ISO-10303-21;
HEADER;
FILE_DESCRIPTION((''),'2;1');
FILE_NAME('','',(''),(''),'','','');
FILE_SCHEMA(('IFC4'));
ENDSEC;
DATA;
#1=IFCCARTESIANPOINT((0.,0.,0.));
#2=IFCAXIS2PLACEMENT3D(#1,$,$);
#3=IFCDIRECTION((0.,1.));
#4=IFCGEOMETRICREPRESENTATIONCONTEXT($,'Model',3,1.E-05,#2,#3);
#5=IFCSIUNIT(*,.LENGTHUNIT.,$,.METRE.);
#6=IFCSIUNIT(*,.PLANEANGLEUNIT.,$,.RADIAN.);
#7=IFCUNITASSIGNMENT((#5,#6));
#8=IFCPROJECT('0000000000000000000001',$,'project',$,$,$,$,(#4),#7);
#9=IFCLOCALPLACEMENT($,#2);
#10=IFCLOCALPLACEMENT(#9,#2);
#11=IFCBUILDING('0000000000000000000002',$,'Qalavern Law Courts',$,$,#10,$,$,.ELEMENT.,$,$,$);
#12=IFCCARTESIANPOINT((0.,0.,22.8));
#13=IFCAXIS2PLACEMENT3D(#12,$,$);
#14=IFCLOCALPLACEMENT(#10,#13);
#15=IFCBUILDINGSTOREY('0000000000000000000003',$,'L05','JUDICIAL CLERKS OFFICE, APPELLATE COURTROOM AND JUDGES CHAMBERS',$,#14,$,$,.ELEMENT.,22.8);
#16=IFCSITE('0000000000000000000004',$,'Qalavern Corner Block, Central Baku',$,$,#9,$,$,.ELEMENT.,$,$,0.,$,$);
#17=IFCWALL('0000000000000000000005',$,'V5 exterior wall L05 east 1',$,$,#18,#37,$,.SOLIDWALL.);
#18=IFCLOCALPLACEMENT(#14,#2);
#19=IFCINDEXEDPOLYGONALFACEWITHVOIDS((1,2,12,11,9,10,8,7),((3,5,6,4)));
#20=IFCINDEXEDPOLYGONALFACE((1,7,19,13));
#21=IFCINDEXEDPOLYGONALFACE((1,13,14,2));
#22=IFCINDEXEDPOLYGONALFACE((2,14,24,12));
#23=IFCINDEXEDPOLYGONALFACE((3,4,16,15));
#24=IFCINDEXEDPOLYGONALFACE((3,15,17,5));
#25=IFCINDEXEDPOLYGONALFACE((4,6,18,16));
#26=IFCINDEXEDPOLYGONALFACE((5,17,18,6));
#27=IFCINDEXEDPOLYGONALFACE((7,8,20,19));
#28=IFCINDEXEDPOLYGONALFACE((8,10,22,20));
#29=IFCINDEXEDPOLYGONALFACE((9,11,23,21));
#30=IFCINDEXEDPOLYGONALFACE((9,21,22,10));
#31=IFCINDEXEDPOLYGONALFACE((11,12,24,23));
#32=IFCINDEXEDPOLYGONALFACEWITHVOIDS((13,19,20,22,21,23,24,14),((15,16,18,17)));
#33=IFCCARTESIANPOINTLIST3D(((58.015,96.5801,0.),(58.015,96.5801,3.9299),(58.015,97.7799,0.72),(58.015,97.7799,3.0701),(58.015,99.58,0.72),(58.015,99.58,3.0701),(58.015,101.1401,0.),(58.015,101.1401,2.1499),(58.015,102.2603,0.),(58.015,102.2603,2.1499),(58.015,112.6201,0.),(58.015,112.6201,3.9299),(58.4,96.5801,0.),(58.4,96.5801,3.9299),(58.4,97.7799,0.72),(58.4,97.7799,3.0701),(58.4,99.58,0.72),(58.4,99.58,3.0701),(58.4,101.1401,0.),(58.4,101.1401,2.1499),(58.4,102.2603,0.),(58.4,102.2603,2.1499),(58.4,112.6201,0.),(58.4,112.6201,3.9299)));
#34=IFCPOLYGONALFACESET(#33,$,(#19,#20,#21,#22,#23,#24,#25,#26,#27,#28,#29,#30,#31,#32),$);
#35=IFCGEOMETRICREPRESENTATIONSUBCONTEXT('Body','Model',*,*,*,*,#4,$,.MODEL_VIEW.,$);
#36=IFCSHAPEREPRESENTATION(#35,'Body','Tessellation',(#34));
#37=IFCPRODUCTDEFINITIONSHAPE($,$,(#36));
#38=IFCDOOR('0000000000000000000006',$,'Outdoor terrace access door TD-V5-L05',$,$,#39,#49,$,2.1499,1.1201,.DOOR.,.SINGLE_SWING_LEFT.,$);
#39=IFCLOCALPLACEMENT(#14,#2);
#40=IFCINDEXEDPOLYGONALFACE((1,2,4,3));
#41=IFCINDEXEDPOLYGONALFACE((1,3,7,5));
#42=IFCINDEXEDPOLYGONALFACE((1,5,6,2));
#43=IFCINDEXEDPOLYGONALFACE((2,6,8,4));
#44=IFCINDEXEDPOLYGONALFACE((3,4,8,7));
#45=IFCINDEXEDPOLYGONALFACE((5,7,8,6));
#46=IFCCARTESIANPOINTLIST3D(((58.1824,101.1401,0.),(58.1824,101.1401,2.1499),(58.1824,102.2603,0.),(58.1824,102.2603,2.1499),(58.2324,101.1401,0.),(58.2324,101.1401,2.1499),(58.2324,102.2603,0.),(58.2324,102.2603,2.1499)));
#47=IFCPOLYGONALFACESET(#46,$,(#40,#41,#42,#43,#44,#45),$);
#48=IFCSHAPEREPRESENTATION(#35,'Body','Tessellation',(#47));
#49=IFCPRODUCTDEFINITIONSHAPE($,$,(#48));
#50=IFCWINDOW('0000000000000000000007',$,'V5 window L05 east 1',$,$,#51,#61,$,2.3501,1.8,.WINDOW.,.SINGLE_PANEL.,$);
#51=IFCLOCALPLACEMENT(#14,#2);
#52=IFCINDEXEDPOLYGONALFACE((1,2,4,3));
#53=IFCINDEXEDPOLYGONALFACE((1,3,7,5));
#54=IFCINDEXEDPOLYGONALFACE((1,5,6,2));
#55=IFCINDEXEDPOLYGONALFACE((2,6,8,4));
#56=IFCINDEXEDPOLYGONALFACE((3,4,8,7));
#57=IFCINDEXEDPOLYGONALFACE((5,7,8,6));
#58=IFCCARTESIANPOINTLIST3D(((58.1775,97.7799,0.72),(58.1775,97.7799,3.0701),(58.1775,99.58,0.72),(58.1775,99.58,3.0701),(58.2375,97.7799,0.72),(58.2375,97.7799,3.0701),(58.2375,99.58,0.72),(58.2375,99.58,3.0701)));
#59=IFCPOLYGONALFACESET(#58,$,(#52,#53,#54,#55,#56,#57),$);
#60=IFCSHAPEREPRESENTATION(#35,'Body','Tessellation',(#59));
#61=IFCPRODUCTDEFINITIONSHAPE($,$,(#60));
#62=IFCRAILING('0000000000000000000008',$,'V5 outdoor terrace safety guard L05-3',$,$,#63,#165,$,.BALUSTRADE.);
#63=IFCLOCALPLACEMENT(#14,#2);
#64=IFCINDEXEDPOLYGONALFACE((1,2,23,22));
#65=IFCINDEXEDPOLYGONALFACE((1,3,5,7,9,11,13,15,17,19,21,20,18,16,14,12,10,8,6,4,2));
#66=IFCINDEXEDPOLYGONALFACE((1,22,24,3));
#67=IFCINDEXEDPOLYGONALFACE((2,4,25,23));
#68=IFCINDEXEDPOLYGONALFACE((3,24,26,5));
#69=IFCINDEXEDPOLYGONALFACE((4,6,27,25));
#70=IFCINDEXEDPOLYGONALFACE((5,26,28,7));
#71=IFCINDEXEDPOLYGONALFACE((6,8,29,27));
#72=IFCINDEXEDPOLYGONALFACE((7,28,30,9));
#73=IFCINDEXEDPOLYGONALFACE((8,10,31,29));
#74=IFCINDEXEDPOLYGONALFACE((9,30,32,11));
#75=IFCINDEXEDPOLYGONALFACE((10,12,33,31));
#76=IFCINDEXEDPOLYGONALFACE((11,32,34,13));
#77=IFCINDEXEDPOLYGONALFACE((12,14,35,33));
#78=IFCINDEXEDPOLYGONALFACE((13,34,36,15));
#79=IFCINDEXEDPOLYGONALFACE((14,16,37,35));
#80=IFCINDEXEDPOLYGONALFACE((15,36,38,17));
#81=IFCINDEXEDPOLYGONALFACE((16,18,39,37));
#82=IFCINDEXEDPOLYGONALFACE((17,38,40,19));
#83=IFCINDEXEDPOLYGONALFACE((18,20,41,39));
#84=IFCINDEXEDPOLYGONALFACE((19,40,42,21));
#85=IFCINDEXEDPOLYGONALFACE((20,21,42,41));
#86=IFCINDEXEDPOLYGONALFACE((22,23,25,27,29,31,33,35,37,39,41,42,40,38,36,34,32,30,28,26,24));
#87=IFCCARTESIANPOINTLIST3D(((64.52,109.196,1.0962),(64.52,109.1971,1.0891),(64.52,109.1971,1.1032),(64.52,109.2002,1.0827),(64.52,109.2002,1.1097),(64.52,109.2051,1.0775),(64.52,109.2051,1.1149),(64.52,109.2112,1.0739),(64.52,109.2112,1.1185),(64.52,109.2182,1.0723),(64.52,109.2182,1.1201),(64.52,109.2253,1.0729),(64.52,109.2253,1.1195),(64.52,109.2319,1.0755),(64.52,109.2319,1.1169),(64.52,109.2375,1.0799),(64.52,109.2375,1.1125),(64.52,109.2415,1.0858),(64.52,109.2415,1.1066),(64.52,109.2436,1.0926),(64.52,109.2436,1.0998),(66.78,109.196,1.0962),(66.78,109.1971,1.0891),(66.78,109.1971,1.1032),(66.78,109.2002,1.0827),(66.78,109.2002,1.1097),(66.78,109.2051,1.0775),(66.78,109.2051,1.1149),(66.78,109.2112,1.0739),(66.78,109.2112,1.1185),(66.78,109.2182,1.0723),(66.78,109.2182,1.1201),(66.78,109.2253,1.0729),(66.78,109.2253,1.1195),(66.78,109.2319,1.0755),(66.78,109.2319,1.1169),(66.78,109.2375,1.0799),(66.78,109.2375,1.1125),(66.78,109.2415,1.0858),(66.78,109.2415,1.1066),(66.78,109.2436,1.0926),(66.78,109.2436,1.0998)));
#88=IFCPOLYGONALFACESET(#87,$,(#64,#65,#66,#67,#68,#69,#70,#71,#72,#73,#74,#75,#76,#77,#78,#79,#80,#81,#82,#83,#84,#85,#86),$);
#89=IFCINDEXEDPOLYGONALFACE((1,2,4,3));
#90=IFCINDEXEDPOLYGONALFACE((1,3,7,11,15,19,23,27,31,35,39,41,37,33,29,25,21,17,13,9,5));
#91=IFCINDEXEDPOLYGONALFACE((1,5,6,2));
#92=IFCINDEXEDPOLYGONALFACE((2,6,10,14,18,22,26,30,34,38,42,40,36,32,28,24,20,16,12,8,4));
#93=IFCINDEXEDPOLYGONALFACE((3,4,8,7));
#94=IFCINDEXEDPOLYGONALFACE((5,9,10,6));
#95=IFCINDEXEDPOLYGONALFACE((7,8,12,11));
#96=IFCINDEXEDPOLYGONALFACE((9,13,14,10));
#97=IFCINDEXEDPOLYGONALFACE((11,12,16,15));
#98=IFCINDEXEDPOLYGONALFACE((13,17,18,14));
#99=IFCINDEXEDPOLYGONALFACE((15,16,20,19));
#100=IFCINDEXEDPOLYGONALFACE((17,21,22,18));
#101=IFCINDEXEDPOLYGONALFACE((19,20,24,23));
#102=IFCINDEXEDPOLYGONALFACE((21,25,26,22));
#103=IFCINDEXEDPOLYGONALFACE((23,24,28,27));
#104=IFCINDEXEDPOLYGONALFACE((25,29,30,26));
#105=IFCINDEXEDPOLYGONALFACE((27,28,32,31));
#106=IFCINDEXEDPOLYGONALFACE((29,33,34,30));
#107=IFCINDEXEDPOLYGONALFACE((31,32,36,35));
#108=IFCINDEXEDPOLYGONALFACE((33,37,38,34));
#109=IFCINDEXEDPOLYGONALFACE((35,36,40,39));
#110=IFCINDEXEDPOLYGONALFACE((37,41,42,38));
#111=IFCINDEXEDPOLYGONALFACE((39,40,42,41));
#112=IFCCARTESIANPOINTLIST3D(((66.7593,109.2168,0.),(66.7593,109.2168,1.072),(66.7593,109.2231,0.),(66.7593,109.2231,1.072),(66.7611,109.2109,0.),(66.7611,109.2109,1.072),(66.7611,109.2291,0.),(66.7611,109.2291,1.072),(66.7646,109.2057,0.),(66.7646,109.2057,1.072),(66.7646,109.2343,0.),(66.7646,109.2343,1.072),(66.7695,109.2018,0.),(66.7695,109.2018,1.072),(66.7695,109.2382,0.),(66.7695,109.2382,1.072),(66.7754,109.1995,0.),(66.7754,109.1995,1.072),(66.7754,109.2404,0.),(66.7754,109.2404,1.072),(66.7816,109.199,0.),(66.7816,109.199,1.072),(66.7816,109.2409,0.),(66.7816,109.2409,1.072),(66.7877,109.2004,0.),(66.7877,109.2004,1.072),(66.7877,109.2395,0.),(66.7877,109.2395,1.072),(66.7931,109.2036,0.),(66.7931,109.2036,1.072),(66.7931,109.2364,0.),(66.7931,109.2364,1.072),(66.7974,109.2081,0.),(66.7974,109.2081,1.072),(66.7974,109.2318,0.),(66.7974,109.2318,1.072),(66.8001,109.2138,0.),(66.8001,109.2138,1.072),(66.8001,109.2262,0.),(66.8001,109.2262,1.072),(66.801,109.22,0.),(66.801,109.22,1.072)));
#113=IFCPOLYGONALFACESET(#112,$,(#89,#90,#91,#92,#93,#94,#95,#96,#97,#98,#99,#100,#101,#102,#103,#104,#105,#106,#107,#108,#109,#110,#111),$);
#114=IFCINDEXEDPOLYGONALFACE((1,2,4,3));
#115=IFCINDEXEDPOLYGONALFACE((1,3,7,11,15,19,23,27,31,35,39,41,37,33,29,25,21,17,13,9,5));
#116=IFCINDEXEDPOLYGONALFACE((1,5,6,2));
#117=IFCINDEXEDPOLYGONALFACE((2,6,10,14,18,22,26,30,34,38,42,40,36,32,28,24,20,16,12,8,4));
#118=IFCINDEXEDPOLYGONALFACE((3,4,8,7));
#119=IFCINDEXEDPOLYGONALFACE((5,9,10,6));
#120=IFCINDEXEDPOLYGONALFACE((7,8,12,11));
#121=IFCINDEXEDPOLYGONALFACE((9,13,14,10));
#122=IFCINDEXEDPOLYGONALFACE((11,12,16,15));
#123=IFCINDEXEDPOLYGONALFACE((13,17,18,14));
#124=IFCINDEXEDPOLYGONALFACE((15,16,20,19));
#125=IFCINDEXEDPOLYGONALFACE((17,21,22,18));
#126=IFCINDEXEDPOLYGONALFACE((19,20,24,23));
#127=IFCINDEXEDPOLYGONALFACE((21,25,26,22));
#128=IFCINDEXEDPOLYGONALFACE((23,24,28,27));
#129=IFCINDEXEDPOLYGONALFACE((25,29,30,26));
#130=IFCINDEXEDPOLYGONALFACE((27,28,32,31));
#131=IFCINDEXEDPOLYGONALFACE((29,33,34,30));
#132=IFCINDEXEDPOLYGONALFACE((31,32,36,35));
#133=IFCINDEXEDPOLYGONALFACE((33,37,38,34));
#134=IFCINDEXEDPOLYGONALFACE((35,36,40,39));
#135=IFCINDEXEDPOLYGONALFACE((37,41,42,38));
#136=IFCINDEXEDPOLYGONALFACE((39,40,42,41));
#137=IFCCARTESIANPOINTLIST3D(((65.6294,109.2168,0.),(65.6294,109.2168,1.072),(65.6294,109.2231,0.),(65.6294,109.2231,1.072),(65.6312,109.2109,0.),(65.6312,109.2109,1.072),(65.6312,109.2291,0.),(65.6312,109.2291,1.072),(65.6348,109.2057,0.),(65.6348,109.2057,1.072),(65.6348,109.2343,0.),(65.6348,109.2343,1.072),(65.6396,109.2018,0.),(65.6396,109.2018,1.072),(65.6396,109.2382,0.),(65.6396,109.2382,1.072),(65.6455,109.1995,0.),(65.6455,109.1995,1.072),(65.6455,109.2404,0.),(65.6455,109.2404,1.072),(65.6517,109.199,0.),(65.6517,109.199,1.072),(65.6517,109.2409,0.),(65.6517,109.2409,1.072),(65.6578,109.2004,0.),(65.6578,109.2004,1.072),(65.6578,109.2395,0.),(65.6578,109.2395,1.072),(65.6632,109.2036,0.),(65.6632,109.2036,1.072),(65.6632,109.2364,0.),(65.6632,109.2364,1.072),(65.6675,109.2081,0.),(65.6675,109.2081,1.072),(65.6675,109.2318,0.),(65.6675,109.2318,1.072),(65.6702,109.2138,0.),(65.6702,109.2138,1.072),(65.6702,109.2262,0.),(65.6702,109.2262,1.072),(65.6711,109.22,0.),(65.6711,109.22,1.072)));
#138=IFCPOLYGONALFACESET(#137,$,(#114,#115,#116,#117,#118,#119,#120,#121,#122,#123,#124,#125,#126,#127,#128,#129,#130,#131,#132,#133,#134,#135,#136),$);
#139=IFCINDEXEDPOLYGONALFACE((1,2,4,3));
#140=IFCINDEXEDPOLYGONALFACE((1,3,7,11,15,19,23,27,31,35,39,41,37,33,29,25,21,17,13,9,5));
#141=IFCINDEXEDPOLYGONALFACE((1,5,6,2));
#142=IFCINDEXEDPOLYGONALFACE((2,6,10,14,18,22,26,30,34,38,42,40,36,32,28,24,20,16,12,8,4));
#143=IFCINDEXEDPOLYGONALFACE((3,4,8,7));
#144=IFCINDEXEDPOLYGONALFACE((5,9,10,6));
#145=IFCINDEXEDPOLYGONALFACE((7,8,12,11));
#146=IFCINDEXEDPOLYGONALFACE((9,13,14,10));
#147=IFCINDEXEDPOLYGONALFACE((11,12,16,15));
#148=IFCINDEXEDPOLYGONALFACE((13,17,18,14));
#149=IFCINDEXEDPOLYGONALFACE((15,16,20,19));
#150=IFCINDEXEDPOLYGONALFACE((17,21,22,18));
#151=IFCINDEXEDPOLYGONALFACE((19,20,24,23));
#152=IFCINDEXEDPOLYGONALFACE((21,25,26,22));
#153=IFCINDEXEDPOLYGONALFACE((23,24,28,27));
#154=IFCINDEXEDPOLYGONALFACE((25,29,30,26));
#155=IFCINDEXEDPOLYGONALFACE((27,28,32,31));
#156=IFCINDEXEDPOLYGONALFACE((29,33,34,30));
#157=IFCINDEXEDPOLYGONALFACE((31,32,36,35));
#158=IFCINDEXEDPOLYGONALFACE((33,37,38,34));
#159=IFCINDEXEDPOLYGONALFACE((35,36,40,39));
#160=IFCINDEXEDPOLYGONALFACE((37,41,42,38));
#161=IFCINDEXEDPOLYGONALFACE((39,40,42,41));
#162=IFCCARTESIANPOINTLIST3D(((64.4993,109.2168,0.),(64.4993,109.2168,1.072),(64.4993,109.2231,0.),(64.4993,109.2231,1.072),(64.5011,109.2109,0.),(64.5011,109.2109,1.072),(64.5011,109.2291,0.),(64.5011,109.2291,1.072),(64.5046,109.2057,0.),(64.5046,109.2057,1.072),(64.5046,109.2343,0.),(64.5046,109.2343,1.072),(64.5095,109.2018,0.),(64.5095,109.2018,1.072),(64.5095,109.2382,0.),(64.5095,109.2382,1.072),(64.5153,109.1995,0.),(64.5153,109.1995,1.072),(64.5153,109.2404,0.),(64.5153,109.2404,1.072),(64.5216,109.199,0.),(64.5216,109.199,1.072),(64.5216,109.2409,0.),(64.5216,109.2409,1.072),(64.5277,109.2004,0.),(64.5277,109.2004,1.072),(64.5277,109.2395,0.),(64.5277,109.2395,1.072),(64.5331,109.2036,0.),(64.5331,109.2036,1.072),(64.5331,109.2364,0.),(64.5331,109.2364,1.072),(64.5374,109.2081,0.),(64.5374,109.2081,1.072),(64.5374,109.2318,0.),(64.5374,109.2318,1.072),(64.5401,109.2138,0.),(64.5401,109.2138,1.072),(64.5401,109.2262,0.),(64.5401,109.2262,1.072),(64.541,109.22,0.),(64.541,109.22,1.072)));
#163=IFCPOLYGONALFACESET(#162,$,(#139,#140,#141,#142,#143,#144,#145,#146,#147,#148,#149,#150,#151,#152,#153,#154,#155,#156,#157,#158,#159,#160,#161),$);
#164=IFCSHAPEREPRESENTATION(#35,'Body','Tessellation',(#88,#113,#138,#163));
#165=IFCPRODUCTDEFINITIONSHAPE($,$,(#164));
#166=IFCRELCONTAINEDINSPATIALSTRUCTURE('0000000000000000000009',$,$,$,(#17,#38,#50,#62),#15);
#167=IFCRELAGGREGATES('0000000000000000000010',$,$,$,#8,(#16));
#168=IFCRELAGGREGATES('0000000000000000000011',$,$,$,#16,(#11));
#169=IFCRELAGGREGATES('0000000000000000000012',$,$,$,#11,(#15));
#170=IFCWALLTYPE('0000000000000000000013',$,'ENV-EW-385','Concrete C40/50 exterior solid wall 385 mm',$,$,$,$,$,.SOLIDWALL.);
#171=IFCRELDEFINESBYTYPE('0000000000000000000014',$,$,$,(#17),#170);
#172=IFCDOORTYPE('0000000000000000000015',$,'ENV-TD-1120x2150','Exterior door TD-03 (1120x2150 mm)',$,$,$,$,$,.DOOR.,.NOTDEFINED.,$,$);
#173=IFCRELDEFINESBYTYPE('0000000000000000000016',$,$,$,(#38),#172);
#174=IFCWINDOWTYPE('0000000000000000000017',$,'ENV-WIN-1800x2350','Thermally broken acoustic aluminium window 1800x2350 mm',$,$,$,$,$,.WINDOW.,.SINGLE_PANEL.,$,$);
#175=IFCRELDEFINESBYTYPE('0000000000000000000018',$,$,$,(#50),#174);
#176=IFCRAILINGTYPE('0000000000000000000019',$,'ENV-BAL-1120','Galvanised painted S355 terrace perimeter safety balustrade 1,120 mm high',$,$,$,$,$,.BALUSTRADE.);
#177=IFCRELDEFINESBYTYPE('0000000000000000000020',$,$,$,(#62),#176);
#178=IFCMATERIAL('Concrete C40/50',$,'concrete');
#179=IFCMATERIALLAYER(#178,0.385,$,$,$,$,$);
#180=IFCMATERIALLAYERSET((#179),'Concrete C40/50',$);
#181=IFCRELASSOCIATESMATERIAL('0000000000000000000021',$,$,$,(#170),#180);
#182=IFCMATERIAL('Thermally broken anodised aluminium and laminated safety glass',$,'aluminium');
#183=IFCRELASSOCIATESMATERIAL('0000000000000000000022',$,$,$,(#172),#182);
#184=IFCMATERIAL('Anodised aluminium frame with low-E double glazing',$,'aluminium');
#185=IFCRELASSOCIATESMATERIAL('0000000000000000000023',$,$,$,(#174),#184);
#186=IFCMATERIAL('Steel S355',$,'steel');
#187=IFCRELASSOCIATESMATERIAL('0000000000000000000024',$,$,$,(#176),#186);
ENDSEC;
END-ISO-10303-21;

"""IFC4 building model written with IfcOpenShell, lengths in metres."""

from ifc_helpers import new_model, si_unit, direction, frame, frame_2d, origin, origin_2d, place, context, subcontext, project, spatial, rectangle, circle, extrude, material, layer, layer_set, type_object, element, fill, save


model = new_model("IFC4")

# Units and contexts
model_context = context("Model", 3, precision=1e-05, world=origin(), true_north=direction((0.0, 1.0)))
body_context = subcontext(model_context, "Body", "Model", "MODEL_VIEW")
ifc_project = project(units=[si_unit("LENGTHUNIT", "METRE"), si_unit("PLANEANGLEUNIT", "RADIAN")], contexts=[model_context])

# Site, building, storey
site_placement = place(None, origin())
site = spatial("IfcSite", under=ifc_project, at=site_placement, Name="Qalavern Corner Block, Central Baku", CompositionType="ELEMENT", RefElevation=0.0)
building_placement = place(site_placement, origin())
building = spatial("IfcBuilding", under=site, at=building_placement, Name="Qalavern Law Courts", CompositionType="ELEMENT")
storey_placement = place(building_placement, frame((0.0, 0.0, 22.8)))
storey = spatial("IfcBuildingStorey", under=building, at=storey_placement, Name="L05", Description="JUDICIAL CLERKS OFFICE, APPELLATE COURTROOM AND JUDGES CHAMBERS", CompositionType="ELEMENT", Elevation=22.8)

# Shared definitions
ifc_material_1 = material(Name="Steel S355", Category="steel")

# Shared definitions
ifc_material_2 = material(Name="Concrete C40/50", Category="concrete")
ifc_layer_1 = layer(ifc_material_2, 0.385)
ifc_layer_set_1 = layer_set([ifc_layer_1], Name="Concrete C40/50")
wall_type = type_object("IfcWallType", Name="ENV-EW-385", Description="Concrete C40/50 exterior solid wall 385 mm", PredefinedType="SOLIDWALL", material=ifc_layer_set_1)

# Wall, openings, door, window
wall_1_placement = place(storey_placement, frame((58.2075, 96.5801, 0.0), z_axis=(0.0, 0.0, 1.0), x_axis=(0.0, 1.0, 0.0)))
wall_1 = element("IfcWall", 1, at=wall_1_placement, inside=storey, type_object=wall_type, Name="V5 exterior wall L05 east 1", PredefinedType="SOLIDWALL", context=body_context, shape_type="SweptSolid", body=[
    extrude(rectangle(XDim=16.04, YDim=0.385, at=frame_2d((8.02, 0.0))), origin(), (0.0, 0.0, 1.0), 3.9299),
])
opening_1_placement = place(wall_1_placement, frame((4.5601, 0.0, 0.0)))
opening_1 = element("IfcOpeningElement", 2, at=opening_1_placement, cuts=wall_1, PredefinedType="OPENING", context=body_context, shape_type="SweptSolid", body=[
    extrude(rectangle(XDim=1.1201, YDim=2.1499, at=frame_2d((0.5601, 1.075))), frame((0.0, 0.2075, 0.0), z_axis=(0.0, -1.0, 0.0), x_axis=(1.0, 0.0, 0.0)), (0.0, 0.0, 1.0), 0.4148),
])
opening_2_placement = place(wall_1_placement, frame((1.2, 0.0, 0.72)))
opening_2 = element("IfcOpeningElement", 3, at=opening_2_placement, cuts=wall_1, PredefinedType="OPENING", context=body_context, shape_type="SweptSolid", body=[
    extrude(rectangle(XDim=1.8, YDim=2.3501, at=frame_2d((0.8999, 1.175))), frame((0.0, 0.2075, 0.0), z_axis=(0.0, -1.0, 0.0), x_axis=(1.0, 0.0, 0.0)), (0.0, 0.0, 1.0), 0.4148),
])
ifc_material_3 = material(Name="Thermally broken anodised aluminium and laminated safety glass", Category="aluminium")
door_type = type_object("IfcDoorType", Name="ENV-TD-1120x2150", Description="Exterior door TD-03 (1120x2150 mm)", OperationType="NOTDEFINED", PredefinedType="DOOR", material=ifc_material_3)
door_placement = place(opening_1_placement, frame((1.1201, 0.0, 0.0), z_axis=(0.0, 0.0, 1.0), x_axis=(-1.0, 0.0, 0.0)))
door = element("IfcDoor", 4, at=door_placement, inside=storey, type_object=door_type, Name="Outdoor terrace access door TD-V5-L05", OperationType="SINGLE_SWING_LEFT", OverallHeight=2.1499, OverallWidth=1.1201, PredefinedType="DOOR", context=body_context, shape_type="SweptSolid", body=[
    extrude(rectangle(XDim=1.1201, YDim=2.1499, at=frame_2d((0.5601, 1.075))), frame((0.0, 0.0249, 0.0), z_axis=(0.0, -1.0, 0.0), x_axis=(1.0, 0.0, 0.0)), (0.0, 0.0, 1.0), 0.05),
])
fill(opening_1, door)
ifc_material_4 = material(Name="Anodised aluminium frame with low-E double glazing", Category="aluminium")
window_type = type_object("IfcWindowType", Name="ENV-WIN-1800x2350", Description="Thermally broken acoustic aluminium window 1800x2350 mm", PartitioningType="SINGLE_PANEL", PredefinedType="WINDOW", material=ifc_material_4)
window_placement = place(opening_2_placement, origin())
window = element("IfcWindow", 5, at=window_placement, inside=storey, type_object=window_type, Name="V5 window L05 east 1", OverallHeight=2.3501, OverallWidth=1.8, PartitioningType="SINGLE_PANEL", PredefinedType="WINDOW", context=body_context, shape_type="SweptSolid", body=[
    extrude(rectangle(XDim=1.8, YDim=2.3501, at=frame_2d((0.8999, 1.175))), frame((0.0, 0.03, 0.0), z_axis=(0.0, -1.0, 0.0), x_axis=(1.0, 0.0, 0.0)), (0.0, 0.0, 1.0), 0.0601),
])
fill(opening_2, window)

# Railing
railing_type = type_object("IfcRailingType", Name="ENV-BAL-1120", Description="Galvanised painted S355 terrace perimeter safety balustrade 1,120 mm high", PredefinedType="BALUSTRADE", material=ifc_material_1)
railing_1_placement = place(storey_placement, frame((66.78, 109.22, 0.0)))
element("IfcRailing", 6, at=railing_1_placement, inside=storey, type_object=railing_type, Name="V5 outdoor terrace safety guard L05-3", PredefinedType="BALUSTRADE", context=body_context, shape_type="SweptSolid", body=[
    extrude(circle(Radius=0.0239, at=origin_2d()), frame((0.0, 0.0, 1.0962), z_axis=(-1.0, 0.0, 0.0), x_axis=(0.0, -1.0, 0.0)), (0.0, 0.0, 1.0), 2.26),
    extrude(circle(Radius=0.021, at=origin_2d()), origin(), (0.0, 0.0, 1.0), 1.072),
    extrude(circle(Radius=0.021, at=origin_2d()), frame((-1.1299, 0.0, 0.0)), (0.0, 0.0, 1.0), 1.072),
    extrude(circle(Radius=0.021, at=origin_2d()), frame((-2.26, 0.0, 0.0)), (0.0, 0.0, 1.0), 1.072),
])

save(model, "model.ifc")
